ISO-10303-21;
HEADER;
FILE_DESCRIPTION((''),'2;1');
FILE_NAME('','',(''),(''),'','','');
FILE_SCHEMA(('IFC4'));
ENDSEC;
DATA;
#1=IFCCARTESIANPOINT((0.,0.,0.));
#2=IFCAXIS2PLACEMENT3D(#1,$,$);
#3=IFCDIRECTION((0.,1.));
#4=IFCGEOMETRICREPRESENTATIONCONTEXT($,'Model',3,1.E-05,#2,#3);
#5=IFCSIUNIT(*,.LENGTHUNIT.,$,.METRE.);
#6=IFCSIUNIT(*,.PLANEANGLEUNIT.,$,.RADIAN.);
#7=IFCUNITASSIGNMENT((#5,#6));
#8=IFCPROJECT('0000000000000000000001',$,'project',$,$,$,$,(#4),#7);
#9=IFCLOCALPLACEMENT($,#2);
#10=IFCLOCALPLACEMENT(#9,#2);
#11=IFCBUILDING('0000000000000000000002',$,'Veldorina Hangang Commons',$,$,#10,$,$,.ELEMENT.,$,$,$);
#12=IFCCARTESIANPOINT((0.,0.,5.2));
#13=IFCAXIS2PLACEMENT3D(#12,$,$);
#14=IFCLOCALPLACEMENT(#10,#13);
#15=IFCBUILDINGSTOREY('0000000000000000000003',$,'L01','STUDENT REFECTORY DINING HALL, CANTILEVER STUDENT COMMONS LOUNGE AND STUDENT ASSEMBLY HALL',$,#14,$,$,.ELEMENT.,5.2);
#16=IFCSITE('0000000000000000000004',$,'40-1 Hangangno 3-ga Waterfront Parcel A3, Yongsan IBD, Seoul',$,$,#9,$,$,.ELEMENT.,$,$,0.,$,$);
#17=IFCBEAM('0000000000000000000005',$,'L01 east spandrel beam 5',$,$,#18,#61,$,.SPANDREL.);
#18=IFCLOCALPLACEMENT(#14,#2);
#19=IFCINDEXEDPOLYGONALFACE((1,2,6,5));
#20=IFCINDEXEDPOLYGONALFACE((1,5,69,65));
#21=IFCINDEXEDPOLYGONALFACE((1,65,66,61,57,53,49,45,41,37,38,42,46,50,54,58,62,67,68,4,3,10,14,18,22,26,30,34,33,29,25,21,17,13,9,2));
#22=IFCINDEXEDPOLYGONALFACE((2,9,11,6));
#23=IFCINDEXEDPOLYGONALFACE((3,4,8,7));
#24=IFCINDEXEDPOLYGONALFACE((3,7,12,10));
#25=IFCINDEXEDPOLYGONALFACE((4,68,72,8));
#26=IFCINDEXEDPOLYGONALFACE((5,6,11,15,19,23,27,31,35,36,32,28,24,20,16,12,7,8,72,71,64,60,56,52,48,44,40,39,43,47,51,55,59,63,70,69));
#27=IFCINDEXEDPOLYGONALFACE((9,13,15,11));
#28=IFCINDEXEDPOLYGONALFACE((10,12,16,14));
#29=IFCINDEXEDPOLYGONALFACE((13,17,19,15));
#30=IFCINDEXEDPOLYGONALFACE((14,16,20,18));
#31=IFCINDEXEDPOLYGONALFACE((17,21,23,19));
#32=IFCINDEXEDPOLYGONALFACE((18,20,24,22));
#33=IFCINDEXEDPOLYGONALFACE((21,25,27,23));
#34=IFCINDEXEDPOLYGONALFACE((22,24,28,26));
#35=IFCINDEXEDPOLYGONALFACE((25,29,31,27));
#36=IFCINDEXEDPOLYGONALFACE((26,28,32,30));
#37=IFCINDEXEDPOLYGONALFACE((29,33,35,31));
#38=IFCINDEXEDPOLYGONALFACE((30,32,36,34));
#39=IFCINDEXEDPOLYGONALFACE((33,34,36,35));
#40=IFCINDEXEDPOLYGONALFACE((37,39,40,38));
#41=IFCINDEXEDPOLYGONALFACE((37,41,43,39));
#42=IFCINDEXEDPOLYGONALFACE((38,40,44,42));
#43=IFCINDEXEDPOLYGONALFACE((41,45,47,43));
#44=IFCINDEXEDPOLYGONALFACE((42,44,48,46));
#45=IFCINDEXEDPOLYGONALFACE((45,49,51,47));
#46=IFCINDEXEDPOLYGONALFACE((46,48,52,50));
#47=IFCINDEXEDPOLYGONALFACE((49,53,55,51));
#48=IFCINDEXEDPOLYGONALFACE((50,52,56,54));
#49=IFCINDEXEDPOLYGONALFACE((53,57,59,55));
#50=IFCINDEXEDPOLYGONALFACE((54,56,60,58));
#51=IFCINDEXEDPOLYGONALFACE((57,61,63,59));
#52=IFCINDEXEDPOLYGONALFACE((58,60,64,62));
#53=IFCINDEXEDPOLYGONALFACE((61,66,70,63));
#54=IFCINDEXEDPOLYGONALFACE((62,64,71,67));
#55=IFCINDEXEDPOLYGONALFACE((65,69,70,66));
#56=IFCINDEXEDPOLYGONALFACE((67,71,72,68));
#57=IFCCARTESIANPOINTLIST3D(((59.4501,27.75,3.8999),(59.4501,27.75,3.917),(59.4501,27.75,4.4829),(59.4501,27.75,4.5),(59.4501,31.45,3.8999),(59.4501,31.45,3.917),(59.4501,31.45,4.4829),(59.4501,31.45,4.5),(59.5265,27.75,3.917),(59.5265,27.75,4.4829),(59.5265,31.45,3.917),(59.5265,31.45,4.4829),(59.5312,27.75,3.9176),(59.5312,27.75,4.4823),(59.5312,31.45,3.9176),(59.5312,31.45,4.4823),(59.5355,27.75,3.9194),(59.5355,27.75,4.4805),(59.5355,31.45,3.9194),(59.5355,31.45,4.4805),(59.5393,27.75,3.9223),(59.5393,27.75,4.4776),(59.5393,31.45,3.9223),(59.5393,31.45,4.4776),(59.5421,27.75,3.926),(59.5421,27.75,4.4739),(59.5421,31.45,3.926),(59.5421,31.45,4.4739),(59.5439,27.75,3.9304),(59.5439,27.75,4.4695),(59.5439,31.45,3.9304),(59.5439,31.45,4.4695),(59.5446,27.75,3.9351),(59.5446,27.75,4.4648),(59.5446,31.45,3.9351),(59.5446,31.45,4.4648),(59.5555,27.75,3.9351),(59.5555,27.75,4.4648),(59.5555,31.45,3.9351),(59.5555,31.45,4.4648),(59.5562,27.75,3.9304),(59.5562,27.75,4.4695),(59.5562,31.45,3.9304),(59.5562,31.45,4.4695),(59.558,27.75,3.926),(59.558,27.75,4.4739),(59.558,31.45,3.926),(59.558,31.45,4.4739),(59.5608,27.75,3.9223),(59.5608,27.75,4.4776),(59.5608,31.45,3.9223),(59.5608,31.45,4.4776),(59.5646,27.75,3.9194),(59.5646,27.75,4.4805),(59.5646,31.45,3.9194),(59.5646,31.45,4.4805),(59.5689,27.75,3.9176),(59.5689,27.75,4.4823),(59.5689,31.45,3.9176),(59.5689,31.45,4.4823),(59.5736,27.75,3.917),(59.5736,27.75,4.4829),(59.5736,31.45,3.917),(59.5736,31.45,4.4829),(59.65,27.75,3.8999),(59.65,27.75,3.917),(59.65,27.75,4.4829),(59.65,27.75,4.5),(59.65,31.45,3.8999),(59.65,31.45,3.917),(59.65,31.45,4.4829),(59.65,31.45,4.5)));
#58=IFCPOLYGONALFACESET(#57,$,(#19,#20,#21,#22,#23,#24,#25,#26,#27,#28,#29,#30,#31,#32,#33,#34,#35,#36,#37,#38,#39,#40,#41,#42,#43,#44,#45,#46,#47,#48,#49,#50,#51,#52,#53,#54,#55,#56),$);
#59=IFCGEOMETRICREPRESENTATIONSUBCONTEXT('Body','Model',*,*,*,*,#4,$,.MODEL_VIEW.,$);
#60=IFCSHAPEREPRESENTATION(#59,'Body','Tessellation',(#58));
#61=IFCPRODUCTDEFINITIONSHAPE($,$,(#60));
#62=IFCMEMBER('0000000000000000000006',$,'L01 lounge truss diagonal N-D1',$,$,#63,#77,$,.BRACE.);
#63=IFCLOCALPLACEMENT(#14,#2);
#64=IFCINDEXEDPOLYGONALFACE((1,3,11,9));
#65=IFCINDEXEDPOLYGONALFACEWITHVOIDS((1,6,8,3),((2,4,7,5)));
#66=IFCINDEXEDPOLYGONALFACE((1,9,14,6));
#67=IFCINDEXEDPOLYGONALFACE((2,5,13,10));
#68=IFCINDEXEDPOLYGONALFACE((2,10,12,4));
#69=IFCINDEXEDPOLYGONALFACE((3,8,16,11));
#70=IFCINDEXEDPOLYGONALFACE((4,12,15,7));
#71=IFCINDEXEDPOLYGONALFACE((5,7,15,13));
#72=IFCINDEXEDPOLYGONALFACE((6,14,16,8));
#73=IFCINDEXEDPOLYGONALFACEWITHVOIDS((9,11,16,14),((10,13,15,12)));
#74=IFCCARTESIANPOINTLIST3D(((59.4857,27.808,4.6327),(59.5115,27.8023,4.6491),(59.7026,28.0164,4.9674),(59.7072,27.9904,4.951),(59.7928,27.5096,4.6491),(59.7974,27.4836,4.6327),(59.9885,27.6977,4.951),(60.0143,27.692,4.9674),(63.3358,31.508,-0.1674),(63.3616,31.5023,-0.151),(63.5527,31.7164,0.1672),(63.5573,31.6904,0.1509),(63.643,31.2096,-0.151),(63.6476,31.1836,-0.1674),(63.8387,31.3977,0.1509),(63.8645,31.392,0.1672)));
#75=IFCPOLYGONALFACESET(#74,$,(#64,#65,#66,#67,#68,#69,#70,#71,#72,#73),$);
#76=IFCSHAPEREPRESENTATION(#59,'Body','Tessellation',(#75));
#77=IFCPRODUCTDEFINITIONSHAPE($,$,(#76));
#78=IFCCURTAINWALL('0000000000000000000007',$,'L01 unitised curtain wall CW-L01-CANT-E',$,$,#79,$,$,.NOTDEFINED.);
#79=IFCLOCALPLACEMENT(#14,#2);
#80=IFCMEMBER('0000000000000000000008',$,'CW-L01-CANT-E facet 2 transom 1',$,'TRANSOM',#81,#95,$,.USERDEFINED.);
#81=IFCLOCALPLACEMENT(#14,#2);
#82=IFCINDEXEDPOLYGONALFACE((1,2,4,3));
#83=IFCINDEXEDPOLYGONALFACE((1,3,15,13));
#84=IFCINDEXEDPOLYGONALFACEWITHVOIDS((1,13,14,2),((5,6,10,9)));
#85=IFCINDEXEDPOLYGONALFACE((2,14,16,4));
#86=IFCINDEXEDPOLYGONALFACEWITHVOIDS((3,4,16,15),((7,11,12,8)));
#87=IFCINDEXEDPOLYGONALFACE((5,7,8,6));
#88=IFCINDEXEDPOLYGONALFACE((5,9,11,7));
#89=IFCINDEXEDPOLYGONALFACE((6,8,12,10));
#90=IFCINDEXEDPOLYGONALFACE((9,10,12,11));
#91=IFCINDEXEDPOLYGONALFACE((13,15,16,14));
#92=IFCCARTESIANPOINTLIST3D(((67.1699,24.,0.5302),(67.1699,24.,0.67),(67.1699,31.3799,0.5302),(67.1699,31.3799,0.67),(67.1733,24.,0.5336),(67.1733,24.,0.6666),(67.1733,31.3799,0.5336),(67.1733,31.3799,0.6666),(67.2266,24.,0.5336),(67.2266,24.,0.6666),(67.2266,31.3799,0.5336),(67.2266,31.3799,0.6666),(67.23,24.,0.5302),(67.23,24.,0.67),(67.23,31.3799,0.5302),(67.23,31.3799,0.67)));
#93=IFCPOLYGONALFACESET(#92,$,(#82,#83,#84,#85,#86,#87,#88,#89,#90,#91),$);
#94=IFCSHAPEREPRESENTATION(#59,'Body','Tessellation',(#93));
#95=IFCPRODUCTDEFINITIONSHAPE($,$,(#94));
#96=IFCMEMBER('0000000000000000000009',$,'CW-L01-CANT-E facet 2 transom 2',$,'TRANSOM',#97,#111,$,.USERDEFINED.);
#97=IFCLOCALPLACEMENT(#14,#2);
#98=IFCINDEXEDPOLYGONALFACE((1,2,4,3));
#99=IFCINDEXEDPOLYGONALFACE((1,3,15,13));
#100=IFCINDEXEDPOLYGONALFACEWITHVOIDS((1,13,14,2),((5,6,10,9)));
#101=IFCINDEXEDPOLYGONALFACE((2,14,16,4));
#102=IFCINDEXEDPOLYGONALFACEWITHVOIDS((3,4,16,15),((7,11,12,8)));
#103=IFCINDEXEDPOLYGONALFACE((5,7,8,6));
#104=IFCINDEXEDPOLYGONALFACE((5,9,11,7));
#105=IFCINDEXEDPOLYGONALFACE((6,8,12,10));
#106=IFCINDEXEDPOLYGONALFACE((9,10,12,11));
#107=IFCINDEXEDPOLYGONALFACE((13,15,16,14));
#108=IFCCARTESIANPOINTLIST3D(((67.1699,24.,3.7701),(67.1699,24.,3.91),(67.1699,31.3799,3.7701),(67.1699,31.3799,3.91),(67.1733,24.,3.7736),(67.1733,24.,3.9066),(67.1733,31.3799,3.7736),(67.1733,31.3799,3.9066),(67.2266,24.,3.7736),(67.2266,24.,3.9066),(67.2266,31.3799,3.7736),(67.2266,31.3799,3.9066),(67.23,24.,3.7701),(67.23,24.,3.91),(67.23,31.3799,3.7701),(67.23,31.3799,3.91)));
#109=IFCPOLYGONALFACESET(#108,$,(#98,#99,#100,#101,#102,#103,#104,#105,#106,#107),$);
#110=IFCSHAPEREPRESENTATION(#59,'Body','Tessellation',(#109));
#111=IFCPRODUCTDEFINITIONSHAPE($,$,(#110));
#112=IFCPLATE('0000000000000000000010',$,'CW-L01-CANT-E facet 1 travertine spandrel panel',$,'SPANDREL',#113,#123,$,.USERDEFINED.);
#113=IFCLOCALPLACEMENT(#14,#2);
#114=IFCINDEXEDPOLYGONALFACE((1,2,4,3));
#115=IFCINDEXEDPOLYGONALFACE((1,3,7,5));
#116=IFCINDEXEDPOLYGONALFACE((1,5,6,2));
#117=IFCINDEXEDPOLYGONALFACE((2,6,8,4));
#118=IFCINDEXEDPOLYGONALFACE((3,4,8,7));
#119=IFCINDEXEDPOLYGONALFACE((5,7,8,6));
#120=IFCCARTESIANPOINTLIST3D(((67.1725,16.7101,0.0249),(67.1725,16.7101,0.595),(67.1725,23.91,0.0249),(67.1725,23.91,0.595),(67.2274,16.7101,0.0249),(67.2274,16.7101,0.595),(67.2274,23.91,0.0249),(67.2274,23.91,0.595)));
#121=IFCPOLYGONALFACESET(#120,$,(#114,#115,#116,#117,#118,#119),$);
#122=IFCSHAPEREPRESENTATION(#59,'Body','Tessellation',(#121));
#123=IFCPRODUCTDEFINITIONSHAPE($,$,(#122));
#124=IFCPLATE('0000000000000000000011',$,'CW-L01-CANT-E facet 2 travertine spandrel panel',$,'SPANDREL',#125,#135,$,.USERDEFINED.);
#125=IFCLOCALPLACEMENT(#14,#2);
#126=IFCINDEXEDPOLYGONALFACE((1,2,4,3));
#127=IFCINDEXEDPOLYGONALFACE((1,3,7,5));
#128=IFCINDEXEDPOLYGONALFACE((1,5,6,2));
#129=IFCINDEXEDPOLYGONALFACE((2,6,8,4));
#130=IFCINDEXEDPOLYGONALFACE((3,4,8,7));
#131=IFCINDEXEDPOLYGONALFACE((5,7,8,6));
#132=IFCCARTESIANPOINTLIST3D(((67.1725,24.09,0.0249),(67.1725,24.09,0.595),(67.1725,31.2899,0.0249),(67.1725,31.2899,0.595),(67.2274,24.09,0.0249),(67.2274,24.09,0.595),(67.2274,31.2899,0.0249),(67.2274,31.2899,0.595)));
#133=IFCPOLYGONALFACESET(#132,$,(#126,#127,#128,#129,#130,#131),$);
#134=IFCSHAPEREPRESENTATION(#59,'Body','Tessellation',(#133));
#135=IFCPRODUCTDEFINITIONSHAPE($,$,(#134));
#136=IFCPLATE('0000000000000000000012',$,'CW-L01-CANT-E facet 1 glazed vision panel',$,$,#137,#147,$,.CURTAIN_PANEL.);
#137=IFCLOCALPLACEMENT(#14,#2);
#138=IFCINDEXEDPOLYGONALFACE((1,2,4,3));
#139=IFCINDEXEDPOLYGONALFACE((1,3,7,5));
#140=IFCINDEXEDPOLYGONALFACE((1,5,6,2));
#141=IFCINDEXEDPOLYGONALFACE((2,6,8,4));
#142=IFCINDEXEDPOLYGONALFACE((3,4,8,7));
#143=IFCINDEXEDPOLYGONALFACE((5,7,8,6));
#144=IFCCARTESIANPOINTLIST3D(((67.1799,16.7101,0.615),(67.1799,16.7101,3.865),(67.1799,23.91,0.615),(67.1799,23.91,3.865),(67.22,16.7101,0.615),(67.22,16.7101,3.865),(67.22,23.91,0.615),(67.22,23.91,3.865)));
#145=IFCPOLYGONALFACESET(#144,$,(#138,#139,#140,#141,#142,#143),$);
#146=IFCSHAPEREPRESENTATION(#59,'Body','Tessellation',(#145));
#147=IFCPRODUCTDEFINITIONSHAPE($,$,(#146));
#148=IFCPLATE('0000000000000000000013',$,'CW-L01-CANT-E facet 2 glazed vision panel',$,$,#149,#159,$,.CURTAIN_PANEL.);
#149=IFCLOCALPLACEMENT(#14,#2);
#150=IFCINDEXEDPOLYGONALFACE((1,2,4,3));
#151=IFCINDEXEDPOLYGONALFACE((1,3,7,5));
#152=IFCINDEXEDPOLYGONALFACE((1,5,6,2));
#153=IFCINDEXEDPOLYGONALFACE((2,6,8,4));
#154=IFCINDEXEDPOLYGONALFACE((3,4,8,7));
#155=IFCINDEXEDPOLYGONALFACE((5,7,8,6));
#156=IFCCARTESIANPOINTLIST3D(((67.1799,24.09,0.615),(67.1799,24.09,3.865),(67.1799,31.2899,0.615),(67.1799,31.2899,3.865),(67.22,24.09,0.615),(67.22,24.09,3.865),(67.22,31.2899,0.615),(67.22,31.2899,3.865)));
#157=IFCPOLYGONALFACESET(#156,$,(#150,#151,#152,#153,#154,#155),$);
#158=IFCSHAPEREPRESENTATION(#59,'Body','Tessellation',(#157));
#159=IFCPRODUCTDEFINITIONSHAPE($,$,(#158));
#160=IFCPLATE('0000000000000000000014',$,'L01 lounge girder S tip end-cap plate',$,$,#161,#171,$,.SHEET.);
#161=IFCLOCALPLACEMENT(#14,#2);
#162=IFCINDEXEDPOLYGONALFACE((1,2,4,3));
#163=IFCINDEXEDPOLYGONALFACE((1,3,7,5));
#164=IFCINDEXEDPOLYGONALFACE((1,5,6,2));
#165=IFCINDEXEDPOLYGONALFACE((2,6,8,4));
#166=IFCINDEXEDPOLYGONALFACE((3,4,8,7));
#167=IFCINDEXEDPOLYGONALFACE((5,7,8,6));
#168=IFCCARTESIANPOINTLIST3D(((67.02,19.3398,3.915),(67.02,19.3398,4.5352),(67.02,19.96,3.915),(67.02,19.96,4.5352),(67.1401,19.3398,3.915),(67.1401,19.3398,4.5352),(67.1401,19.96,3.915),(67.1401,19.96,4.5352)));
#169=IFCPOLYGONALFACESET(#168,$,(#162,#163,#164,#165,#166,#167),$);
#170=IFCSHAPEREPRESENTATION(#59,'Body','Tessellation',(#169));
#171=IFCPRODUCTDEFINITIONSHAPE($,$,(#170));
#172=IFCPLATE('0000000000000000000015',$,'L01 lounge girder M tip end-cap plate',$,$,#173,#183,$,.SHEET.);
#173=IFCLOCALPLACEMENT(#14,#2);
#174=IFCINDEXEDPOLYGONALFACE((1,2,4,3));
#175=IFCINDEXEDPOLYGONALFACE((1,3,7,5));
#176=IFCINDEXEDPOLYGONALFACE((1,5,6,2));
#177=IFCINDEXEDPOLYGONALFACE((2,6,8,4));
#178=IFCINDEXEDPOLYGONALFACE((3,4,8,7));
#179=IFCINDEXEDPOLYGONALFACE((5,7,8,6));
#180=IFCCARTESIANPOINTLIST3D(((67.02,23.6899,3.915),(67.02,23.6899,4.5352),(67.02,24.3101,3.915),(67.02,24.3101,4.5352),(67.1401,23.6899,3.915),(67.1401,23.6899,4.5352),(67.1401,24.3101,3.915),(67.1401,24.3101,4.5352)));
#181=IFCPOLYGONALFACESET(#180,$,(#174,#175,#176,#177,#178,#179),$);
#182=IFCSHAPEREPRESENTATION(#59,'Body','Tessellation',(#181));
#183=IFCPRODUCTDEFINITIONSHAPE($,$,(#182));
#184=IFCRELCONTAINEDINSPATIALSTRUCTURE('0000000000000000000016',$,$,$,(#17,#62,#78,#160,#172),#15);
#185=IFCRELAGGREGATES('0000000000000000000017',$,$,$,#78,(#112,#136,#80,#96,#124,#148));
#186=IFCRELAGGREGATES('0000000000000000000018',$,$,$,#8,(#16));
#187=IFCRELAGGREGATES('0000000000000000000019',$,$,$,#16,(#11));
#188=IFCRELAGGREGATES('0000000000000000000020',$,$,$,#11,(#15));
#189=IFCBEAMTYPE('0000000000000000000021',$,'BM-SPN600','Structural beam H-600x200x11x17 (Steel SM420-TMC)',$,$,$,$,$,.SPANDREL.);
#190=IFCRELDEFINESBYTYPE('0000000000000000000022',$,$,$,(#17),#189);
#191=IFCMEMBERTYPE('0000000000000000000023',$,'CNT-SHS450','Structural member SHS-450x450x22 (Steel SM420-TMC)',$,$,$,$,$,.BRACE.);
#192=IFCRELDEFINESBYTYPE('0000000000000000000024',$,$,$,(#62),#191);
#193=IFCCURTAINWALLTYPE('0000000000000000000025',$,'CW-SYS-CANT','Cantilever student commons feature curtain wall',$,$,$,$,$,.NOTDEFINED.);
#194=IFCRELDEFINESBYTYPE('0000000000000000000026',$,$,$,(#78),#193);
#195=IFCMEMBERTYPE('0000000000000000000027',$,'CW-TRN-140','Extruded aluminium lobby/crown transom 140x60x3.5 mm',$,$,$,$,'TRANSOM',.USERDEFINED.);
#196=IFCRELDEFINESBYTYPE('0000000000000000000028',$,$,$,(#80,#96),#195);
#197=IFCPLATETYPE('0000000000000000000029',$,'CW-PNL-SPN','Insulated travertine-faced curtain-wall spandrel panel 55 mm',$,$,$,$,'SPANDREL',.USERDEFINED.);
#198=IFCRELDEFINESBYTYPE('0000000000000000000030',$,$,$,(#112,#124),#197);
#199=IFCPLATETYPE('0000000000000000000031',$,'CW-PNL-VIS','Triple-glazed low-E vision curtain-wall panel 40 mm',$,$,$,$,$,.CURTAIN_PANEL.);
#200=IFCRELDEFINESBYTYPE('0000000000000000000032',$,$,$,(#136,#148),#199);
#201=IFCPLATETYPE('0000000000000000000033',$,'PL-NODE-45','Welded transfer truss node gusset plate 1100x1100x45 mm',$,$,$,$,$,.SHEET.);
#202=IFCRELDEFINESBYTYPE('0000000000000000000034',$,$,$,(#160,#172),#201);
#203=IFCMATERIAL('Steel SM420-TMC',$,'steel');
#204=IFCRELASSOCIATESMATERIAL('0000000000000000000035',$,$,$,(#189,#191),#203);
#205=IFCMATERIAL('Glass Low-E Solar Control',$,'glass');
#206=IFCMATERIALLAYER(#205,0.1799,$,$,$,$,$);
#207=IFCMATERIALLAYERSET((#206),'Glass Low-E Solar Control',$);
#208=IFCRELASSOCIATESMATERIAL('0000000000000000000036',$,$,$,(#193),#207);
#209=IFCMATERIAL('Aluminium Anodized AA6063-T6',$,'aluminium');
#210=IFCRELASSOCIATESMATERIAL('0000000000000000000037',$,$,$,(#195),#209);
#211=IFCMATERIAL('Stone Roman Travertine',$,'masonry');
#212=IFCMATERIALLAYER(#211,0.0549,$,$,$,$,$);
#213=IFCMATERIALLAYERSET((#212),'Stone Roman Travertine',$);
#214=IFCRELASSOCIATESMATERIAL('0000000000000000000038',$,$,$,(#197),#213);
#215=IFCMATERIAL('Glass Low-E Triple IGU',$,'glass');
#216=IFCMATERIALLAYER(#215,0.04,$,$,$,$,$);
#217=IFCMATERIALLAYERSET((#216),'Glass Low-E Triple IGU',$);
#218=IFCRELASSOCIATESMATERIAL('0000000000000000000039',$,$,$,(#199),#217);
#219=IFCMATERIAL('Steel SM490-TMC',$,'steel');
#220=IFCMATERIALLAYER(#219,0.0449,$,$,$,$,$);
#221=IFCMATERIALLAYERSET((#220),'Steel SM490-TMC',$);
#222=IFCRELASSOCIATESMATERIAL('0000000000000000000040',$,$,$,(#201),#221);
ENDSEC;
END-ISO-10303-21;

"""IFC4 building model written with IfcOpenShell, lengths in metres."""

from ifc_helpers import new_model, si_unit, direction, frame, origin, origin_2d, place, context, subcontext, project, spatial, rectangle, hollow_rectangle, i_section, extrude, material, layer, layer_set, material_profile, profile_set, type_object, element, aggregate, save


model = new_model("IFC4")

# Units and contexts
model_context = context("Model", 3, precision=1e-05, world=origin(), true_north=direction((0.0, 1.0)))
body_context = subcontext(model_context, "Body", "Model", "MODEL_VIEW")
ifc_project = project(units=[si_unit("LENGTHUNIT", "METRE"), si_unit("PLANEANGLEUNIT", "RADIAN")], contexts=[model_context])

# Site, building, storey
site_placement = place(None, origin())
site = spatial("IfcSite", under=ifc_project, at=site_placement, Name="40-1 Hangangno 3-ga Waterfront Parcel A3, Yongsan IBD, Seoul", CompositionType="ELEMENT", RefElevation=0.0)
building_placement = place(site_placement, origin())
building = spatial("IfcBuilding", under=site, at=building_placement, Name="Veldorina Hangang Commons", CompositionType="ELEMENT")
storey_placement = place(building_placement, frame((0.0, 0.0, 5.2)))
storey = spatial("IfcBuildingStorey", under=building, at=storey_placement, Name="L01", Description="STUDENT REFECTORY DINING HALL, CANTILEVER STUDENT COMMONS LOUNGE AND STUDENT ASSEMBLY HALL", CompositionType="ELEMENT", Elevation=5.2)

# Beam
ifc_material_1 = material(Name="Steel SM420-TMC", Category="steel")
ifc_material_profile_1 = material_profile(ifc_material_1, i_section(OverallWidth=0.2, OverallDepth=0.6001, WebThickness=0.011, FlangeThickness=0.0171, FilletRadius=0.0181, at=origin_2d()), Name="H-600x200x11x17")
ifc_profile_set_1 = profile_set([ifc_material_profile_1], Name="Steel SM420-TMC")
beam_type_1 = type_object("IfcBeamType", Name="BM-SPN600", Description="Structural beam H-600x200x11x17 (Steel SM420-TMC)", PredefinedType="SPANDREL", material=ifc_profile_set_1)
beam_1_placement = place(storey_placement, frame((59.55, 27.75, 4.2), z_axis=(0.0, 1.0, 0.0), x_axis=(-1.0, 0.0, 0.0)))
element("IfcBeam", 1, at=beam_1_placement, inside=storey, type_object=beam_type_1, Name="L01 east spandrel beam 5", PredefinedType="SPANDREL", context=body_context, shape_type="SweptSolid", body=[
    extrude(i_section(OverallWidth=0.2, OverallDepth=0.6001, WebThickness=0.011, FlangeThickness=0.0171, FilletRadius=0.0181, at=origin_2d()), origin(), (0.0, 0.0, 1.0), 3.7),
])

# Member
ifc_material_profile_2 = material_profile(ifc_material_1, hollow_rectangle(XDim=0.45, YDim=0.45, WallThickness=0.022, at=origin_2d()), Name="SHS-450x450x22")
ifc_profile_set_2 = profile_set([ifc_material_profile_2], Name="Steel SM420-TMC")
member_type_1 = type_object("IfcMemberType", Name="CNT-SHS450", Description="Structural member SHS-450x450x22 (Steel SM420-TMC)", PredefinedType="BRACE", material=ifc_profile_set_2)
member_1_placement = place(storey_placement, frame((59.75, 27.75, 4.8), z_axis=(0.53622, 0.515309, -0.668524), x_axis=(-0.692908, 0.721026, 0.0)))
element("IfcMember", 2, at=member_1_placement, inside=storey, type_object=member_type_1, Name="L01 lounge truss diagonal N-D1", PredefinedType="BRACE", context=body_context, shape_type="SweptSolid", body=[
    extrude(hollow_rectangle(XDim=0.45, YDim=0.45, WallThickness=0.022, at=origin_2d()), origin(), (0.0, 0.0, 1.0), 7.1802),
])

# Curtain wall, members, plates
ifc_material_2 = material(Name="Glass Low-E Solar Control", Category="glass")
ifc_layer_1 = layer(ifc_material_2, 0.1799)
ifc_layer_set_1 = layer_set([ifc_layer_1], Name="Glass Low-E Solar Control")
curtain_wall_type = type_object("IfcCurtainWallType", Name="CW-SYS-CANT", Description="Cantilever student commons feature curtain wall", PredefinedType="NOTDEFINED", material=ifc_layer_set_1)
curtain_wall_placement = place(storey_placement, origin())
curtain_wall = element("IfcCurtainWall", 3, at=curtain_wall_placement, inside=storey, type_object=curtain_wall_type, Name="L01 unitised curtain wall CW-L01-CANT-E", PredefinedType="NOTDEFINED")
ifc_material_3 = material(Name="Aluminium Anodized AA6063-T6", Category="aluminium")
ifc_material_profile_3 = material_profile(ifc_material_3, hollow_rectangle(XDim=0.0601, YDim=0.1399, WallThickness=0.0034, at=origin_2d()), Name="ALU-RHS-140x60x3.5")
ifc_profile_set_3 = profile_set([ifc_material_profile_3], Name="Aluminium Anodized AA6063-T6")
member_type_2 = type_object("IfcMemberType", Name="CW-TRN-140", Description="Extruded aluminium lobby/crown transom 140x60x3.5 mm", ElementType="TRANSOM", PredefinedType="USERDEFINED", material=ifc_profile_set_3)
member_2_placement = place(storey_placement, frame((67.2, 24.0, 0.6001), z_axis=(0.0, 1.0, 0.0), x_axis=(-1.0, 0.0, 0.0)))
member_2 = element("IfcMember", 4, at=member_2_placement, type_object=member_type_2, Name="CW-L01-CANT-E facet 2 transom 1", ObjectType="TRANSOM", PredefinedType="USERDEFINED", context=body_context, shape_type="SweptSolid", body=[
    extrude(hollow_rectangle(XDim=0.0601, YDim=0.1399, WallThickness=0.0034, at=origin_2d()), origin(), (0.0, 0.0, 1.0), 7.3799),
])
member_3_placement = place(storey_placement, frame((67.2, 24.0, 3.8401), z_axis=(0.0, 1.0, 0.0), x_axis=(-1.0, 0.0, 0.0)))
member_3 = element("IfcMember", 5, at=member_3_placement, type_object=member_type_2, Name="CW-L01-CANT-E facet 2 transom 2", ObjectType="TRANSOM", PredefinedType="USERDEFINED", context=body_context, shape_type="SweptSolid", body=[
    extrude(hollow_rectangle(XDim=0.0601, YDim=0.1399, WallThickness=0.0034, at=origin_2d()), origin(), (0.0, 0.0, 1.0), 7.3799),
])
ifc_material_4 = material(Name="Stone Roman Travertine", Category="masonry")
ifc_layer_2 = layer(ifc_material_4, 0.0549)
ifc_layer_set_2 = layer_set([ifc_layer_2], Name="Stone Roman Travertine")
plate_type_1 = type_object("IfcPlateType", Name="CW-PNL-SPN", Description="Insulated travertine-faced curtain-wall spandrel panel 55 mm", ElementType="SPANDREL", PredefinedType="USERDEFINED", material=ifc_layer_set_2)
plate_1_placement = place(storey_placement, frame((67.2, 20.3101, 0.0249), z_axis=(0.0, 0.0, 1.0), x_axis=(0.0, 1.0, 0.0)))
plate_1 = element("IfcPlate", 6, at=plate_1_placement, type_object=plate_type_1, Name="CW-L01-CANT-E facet 1 travertine spandrel panel", ObjectType="SPANDREL", PredefinedType="USERDEFINED", context=body_context, shape_type="SweptSolid", body=[
    extrude(rectangle(XDim=7.2, YDim=0.0549, at=origin_2d()), origin(), (0.0, 0.0, 1.0), 0.5701),
])
plate_2_placement = place(storey_placement, frame((67.2, 27.6899, 0.0249), z_axis=(0.0, 0.0, 1.0), x_axis=(0.0, 1.0, 0.0)))
plate_2 = element("IfcPlate", 7, at=plate_2_placement, type_object=plate_type_1, Name="CW-L01-CANT-E facet 2 travertine spandrel panel", ObjectType="SPANDREL", PredefinedType="USERDEFINED", context=body_context, shape_type="SweptSolid", body=[
    extrude(rectangle(XDim=7.2, YDim=0.0549, at=origin_2d()), origin(), (0.0, 0.0, 1.0), 0.5701),
])
ifc_material_5 = material(Name="Glass Low-E Triple IGU", Category="glass")
ifc_layer_3 = layer(ifc_material_5, 0.04)
ifc_layer_set_3 = layer_set([ifc_layer_3], Name="Glass Low-E Triple IGU")
plate_type_2 = type_object("IfcPlateType", Name="CW-PNL-VIS", Description="Triple-glazed low-E vision curtain-wall panel 40 mm", PredefinedType="CURTAIN_PANEL", material=ifc_layer_set_3)
plate_3_placement = place(storey_placement, frame((67.2, 20.3101, 0.615), z_axis=(0.0, 0.0, 1.0), x_axis=(0.0, 1.0, 0.0)))
plate_3 = element("IfcPlate", 8, at=plate_3_placement, type_object=plate_type_2, Name="CW-L01-CANT-E facet 1 glazed vision panel", PredefinedType="CURTAIN_PANEL", context=body_context, shape_type="SweptSolid", body=[
    extrude(rectangle(XDim=7.2, YDim=0.04, at=origin_2d()), origin(), (0.0, 0.0, 1.0), 3.25),
])
plate_4_placement = place(storey_placement, frame((67.2, 27.6899, 0.615), z_axis=(0.0, 0.0, 1.0), x_axis=(0.0, 1.0, 0.0)))
plate_4 = element("IfcPlate", 9, at=plate_4_placement, type_object=plate_type_2, Name="CW-L01-CANT-E facet 2 glazed vision panel", PredefinedType="CURTAIN_PANEL", context=body_context, shape_type="SweptSolid", body=[
    extrude(rectangle(XDim=7.2, YDim=0.04, at=origin_2d()), origin(), (0.0, 0.0, 1.0), 3.25),
])
aggregate(curtain_wall, [plate_1, plate_3, member_2, member_3, plate_2, plate_4])

# Plates
ifc_material_6 = material(Name="Steel SM490-TMC", Category="steel")
ifc_layer_4 = layer(ifc_material_6, 0.0449)
ifc_layer_set_4 = layer_set([ifc_layer_4], Name="Steel SM490-TMC")
plate_type_3 = type_object("IfcPlateType", Name="PL-NODE-45", Description="Welded transfer truss node gusset plate 1100x1100x45 mm", PredefinedType="SHEET", material=ifc_layer_set_4)
for number, where, z_axis, x_axis, name in (
    (10, (67.0801, 19.6499, 3.915), (0.0, 0.0, 1.0), (1.0, 0.0, 0.0), "L01 lounge girder S tip end-cap plate"),
    (11, (67.0801, 24.0, 3.915), (0.0, 0.0, 1.0), (1.0, 0.0, 0.0), "L01 lounge girder M tip end-cap plate"),
):
    element("IfcPlate", number, at=place(storey_placement, frame(where, z_axis=z_axis, x_axis=x_axis)), inside=storey, type_object=plate_type_3, Name=name, PredefinedType="SHEET", context=body_context, shape_type="SweptSolid", body=[
        extrude(rectangle(XDim=0.1201, YDim=0.6201, at=origin_2d()), origin(), (0.0, 0.0, 1.0), 0.6201),
    ])

save(model, "model.ifc")
